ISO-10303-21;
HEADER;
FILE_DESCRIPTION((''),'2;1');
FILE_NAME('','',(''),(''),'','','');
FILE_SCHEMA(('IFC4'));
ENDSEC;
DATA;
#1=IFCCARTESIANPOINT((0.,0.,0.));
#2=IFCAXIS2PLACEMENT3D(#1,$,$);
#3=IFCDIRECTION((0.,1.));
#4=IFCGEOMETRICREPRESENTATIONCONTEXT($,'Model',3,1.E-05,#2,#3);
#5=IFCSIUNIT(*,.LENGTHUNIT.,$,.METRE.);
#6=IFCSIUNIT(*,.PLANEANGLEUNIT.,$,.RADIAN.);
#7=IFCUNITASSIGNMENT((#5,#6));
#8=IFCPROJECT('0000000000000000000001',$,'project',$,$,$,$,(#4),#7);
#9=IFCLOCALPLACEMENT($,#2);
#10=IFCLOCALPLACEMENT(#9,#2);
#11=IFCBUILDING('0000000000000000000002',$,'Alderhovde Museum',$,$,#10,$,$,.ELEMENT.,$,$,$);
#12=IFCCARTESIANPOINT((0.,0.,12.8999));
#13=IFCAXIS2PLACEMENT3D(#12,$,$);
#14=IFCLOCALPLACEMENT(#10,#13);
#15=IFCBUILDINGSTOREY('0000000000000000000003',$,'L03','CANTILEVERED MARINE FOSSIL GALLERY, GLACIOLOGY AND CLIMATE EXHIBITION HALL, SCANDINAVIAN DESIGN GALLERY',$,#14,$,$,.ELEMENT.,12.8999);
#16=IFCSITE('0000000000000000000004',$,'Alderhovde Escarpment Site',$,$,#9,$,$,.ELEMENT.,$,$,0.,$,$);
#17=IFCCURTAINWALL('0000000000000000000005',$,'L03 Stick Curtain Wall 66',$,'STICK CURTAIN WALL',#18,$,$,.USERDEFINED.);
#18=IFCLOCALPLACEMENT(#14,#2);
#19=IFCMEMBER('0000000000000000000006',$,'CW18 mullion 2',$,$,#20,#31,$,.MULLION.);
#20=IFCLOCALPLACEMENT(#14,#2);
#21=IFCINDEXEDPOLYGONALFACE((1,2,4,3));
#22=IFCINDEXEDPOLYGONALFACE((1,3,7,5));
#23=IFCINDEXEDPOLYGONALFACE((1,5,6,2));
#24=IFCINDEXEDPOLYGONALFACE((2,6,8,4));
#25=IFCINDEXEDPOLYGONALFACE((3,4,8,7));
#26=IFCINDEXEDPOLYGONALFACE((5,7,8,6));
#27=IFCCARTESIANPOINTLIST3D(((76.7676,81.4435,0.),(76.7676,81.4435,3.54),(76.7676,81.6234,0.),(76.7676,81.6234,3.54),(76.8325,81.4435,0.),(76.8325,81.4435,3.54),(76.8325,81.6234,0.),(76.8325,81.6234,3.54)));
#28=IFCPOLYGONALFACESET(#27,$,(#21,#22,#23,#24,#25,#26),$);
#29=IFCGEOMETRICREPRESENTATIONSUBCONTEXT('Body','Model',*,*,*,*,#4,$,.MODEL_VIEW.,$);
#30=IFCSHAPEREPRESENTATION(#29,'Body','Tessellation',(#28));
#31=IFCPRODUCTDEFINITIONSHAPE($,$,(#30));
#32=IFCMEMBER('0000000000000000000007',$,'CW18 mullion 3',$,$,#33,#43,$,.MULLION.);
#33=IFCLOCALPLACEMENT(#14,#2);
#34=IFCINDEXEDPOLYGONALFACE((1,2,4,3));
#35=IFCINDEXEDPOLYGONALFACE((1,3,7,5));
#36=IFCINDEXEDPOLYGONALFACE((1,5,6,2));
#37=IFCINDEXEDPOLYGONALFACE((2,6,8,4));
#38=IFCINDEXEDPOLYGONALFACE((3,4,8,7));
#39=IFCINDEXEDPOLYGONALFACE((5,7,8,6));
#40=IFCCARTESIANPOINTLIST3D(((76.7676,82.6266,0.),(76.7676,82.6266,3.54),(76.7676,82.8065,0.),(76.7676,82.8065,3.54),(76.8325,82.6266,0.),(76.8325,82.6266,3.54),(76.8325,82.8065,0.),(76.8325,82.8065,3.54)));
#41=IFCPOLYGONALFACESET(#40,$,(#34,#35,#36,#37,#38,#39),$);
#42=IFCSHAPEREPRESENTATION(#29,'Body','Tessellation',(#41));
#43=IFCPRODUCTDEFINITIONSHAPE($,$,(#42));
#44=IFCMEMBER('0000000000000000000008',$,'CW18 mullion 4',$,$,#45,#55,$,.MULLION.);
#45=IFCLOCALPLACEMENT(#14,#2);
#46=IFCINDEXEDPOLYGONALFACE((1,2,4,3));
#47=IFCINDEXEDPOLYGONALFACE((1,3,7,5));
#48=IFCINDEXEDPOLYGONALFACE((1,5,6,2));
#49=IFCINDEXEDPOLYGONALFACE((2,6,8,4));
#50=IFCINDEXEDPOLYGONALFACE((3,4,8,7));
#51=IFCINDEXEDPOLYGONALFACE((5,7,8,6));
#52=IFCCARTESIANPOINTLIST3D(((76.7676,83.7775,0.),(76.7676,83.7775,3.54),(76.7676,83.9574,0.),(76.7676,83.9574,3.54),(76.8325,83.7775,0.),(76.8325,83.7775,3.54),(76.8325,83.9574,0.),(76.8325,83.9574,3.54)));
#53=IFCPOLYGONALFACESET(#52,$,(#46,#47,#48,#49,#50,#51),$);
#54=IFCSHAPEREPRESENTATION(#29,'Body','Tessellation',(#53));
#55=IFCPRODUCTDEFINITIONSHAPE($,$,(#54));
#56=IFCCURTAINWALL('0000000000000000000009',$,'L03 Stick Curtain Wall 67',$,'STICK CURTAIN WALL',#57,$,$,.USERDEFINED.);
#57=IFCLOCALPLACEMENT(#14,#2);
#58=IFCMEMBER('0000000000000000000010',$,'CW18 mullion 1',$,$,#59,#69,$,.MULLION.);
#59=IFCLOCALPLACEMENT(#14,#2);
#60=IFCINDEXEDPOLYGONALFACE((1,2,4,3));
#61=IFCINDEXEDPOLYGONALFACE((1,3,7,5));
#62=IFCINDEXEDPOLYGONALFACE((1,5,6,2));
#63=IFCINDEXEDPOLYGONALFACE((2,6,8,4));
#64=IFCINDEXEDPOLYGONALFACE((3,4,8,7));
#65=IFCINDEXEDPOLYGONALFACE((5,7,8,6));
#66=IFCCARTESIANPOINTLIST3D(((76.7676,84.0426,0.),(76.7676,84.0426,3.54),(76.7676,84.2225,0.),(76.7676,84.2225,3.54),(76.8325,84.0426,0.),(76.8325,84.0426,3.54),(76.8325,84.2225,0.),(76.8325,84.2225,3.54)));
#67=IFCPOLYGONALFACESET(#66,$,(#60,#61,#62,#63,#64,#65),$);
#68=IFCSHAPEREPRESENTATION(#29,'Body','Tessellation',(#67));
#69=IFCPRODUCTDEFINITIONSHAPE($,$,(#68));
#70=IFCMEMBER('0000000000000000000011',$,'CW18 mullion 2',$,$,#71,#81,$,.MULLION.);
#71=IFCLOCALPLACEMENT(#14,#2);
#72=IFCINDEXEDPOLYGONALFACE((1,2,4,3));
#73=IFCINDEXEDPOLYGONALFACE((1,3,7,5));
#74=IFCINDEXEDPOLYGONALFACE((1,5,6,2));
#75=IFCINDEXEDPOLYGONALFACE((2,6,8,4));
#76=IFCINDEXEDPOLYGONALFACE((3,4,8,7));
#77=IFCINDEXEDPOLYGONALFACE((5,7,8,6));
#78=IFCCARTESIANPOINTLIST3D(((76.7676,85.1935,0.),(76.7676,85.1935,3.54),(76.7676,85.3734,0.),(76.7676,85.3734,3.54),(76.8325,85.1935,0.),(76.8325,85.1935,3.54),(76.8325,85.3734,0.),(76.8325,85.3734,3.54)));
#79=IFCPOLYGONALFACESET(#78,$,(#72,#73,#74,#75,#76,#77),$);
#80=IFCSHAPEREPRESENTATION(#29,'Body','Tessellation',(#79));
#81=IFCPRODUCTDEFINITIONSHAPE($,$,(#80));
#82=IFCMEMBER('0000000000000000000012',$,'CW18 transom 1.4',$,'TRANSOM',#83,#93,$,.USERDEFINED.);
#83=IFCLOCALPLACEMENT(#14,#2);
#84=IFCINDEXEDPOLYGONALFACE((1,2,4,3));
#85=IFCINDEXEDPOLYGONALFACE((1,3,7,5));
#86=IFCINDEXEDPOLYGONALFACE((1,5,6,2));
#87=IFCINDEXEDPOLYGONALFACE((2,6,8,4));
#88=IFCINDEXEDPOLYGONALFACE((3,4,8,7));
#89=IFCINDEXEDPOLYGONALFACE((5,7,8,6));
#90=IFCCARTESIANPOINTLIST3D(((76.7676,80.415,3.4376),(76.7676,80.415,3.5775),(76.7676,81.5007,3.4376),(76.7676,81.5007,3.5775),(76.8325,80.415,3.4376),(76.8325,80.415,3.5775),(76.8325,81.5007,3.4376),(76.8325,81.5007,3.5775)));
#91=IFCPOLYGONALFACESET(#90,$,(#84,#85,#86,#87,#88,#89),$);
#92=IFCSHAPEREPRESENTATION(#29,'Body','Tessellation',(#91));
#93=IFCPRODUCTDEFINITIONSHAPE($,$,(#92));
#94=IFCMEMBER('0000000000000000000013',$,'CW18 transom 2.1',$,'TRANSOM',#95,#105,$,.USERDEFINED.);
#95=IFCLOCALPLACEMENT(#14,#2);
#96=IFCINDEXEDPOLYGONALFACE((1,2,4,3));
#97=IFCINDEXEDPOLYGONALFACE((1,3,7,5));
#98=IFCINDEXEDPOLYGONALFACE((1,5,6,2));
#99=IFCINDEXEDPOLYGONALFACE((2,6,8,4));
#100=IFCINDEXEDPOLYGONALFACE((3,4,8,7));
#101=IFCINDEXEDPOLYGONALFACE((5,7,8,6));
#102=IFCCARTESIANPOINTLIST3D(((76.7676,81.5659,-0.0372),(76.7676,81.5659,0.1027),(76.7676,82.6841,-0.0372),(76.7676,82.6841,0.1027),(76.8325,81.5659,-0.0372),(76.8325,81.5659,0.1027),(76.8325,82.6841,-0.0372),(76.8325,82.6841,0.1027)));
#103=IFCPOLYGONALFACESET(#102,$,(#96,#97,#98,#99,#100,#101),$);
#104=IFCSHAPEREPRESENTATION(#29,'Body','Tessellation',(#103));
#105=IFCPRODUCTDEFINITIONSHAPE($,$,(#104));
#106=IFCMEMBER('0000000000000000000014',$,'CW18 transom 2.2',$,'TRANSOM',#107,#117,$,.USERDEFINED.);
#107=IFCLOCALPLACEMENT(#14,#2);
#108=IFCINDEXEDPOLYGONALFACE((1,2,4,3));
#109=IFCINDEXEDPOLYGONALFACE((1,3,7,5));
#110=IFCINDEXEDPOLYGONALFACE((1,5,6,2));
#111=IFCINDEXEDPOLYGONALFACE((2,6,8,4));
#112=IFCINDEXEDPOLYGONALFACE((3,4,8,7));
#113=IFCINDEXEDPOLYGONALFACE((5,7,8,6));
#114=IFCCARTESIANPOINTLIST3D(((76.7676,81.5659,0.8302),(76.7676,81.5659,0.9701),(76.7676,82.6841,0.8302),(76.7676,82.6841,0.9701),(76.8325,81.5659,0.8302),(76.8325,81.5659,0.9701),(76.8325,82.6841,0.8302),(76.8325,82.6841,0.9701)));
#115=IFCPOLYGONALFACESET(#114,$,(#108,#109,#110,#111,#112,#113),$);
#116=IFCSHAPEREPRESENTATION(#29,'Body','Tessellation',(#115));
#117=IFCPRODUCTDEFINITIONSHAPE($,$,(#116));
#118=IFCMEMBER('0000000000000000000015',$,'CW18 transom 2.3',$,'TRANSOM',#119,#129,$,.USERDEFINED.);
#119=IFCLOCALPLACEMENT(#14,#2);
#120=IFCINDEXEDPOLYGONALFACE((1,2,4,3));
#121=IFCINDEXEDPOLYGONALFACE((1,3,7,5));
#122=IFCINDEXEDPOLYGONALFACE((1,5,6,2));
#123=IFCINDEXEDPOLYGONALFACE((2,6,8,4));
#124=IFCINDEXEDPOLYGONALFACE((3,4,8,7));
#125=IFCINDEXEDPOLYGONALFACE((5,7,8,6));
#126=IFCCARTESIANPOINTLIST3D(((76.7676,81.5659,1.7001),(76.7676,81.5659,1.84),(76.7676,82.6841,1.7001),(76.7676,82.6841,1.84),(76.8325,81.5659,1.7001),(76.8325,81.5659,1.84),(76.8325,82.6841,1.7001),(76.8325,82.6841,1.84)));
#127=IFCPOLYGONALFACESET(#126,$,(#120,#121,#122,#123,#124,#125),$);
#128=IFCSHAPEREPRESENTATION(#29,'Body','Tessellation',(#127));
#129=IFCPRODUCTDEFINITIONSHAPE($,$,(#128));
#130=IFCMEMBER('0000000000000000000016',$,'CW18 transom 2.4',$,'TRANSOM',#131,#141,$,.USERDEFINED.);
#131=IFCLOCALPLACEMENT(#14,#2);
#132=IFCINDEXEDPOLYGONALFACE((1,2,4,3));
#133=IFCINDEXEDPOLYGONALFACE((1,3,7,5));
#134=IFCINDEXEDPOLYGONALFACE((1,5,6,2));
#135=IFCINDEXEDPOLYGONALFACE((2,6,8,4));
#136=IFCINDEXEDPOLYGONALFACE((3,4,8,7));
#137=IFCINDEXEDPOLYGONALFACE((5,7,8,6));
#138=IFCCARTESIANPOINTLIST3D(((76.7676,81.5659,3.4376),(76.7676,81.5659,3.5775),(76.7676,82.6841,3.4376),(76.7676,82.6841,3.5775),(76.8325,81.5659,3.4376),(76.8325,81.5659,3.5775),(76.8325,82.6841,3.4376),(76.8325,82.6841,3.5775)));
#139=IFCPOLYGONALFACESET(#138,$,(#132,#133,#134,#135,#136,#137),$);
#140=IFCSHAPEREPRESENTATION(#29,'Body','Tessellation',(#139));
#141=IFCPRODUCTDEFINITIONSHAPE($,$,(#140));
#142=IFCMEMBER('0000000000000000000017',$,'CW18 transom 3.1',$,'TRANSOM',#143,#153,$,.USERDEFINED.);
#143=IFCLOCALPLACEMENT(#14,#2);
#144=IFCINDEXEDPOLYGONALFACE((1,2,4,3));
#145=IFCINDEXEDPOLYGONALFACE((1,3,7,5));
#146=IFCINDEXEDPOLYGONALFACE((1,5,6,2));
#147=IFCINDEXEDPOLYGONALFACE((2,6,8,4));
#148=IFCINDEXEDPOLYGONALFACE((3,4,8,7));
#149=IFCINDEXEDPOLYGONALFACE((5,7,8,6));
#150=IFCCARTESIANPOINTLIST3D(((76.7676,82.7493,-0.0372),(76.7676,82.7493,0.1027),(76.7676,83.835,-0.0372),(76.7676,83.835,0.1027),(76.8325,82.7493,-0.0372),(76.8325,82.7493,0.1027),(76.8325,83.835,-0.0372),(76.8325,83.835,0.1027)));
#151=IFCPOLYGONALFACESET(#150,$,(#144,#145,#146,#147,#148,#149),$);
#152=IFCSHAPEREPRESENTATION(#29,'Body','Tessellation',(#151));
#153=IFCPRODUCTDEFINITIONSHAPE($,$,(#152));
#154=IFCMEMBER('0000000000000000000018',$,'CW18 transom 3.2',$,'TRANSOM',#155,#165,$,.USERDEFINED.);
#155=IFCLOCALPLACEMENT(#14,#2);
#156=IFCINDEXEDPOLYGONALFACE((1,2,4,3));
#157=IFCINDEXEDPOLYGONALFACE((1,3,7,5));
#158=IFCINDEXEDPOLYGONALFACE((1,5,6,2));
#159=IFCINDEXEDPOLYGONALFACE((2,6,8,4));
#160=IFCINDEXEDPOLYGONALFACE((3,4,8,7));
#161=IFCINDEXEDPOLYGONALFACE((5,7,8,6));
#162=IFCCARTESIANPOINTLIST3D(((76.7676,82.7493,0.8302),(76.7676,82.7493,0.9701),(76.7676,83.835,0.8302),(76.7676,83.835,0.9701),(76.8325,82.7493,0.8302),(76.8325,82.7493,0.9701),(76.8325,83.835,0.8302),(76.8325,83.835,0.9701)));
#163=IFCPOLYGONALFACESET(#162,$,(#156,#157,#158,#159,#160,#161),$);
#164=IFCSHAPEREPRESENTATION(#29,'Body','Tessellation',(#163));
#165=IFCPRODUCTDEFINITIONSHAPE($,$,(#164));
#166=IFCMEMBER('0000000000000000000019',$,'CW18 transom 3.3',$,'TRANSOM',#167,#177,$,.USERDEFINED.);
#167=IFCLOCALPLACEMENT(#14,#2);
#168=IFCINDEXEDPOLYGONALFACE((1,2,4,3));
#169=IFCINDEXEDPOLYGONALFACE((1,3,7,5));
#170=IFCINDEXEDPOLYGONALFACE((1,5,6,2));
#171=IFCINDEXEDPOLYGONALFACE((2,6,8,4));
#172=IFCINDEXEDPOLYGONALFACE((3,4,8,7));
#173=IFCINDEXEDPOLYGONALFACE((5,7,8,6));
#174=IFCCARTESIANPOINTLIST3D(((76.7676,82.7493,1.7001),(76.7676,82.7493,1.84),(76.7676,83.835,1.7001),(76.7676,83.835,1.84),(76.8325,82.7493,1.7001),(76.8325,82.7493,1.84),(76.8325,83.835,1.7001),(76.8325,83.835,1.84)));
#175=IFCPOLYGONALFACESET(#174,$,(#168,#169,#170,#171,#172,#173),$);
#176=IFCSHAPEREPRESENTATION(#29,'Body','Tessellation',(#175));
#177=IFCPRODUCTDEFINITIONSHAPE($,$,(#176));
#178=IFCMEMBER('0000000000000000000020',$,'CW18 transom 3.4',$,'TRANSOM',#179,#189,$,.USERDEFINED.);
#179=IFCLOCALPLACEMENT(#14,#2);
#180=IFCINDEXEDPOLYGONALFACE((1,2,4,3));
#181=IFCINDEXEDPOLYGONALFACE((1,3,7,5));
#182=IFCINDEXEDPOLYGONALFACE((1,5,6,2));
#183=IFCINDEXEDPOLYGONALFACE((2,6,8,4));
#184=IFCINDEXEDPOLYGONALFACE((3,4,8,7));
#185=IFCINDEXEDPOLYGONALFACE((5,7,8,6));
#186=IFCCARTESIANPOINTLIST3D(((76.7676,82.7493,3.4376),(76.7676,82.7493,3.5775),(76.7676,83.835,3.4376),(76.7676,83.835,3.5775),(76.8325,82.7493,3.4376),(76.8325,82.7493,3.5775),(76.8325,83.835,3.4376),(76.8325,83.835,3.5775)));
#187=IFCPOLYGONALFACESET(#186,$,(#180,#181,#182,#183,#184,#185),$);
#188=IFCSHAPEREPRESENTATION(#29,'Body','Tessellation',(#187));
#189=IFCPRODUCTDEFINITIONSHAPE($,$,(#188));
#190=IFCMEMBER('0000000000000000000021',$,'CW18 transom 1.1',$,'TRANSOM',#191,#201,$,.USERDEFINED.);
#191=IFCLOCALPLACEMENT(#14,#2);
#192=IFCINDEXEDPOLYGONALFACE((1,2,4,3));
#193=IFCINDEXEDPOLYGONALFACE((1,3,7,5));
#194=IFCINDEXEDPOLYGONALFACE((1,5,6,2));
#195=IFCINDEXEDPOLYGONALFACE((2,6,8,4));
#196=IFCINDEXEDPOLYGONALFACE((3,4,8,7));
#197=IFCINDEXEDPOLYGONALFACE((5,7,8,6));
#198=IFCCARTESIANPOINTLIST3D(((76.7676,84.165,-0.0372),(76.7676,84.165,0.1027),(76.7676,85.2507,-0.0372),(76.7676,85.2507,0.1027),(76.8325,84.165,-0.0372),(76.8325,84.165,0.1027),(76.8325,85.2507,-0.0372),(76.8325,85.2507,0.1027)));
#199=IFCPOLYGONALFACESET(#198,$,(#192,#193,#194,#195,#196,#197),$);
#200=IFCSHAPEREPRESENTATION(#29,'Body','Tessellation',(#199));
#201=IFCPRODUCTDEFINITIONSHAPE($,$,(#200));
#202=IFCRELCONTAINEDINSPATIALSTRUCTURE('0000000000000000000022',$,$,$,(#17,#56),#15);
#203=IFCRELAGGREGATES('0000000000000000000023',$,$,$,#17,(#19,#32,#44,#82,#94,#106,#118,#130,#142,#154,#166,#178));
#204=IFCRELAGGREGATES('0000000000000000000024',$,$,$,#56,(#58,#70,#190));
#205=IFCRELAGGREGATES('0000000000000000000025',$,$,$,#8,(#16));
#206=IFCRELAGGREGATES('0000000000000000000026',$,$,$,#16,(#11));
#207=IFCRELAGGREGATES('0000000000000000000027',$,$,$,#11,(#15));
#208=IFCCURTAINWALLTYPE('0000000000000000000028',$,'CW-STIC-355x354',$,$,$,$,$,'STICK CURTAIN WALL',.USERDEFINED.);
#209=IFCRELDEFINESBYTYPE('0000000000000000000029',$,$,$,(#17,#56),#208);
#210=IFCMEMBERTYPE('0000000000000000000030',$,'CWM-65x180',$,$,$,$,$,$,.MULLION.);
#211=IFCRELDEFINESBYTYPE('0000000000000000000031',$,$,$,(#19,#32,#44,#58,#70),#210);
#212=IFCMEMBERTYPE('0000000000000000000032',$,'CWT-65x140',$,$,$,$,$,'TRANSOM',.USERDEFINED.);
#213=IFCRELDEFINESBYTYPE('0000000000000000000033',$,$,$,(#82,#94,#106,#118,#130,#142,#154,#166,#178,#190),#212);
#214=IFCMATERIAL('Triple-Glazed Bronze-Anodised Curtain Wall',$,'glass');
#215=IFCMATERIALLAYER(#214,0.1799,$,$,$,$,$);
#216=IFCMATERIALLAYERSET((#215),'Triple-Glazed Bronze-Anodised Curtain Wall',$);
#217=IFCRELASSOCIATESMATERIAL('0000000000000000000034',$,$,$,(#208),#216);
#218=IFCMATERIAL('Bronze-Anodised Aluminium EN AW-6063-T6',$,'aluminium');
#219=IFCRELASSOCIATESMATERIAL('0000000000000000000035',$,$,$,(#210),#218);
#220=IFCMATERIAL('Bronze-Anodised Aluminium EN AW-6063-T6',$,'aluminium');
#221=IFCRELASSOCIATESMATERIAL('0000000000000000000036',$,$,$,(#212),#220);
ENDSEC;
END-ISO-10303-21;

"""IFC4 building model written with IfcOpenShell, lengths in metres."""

from ifc_helpers import new_model, si_unit, direction, frame, origin, origin_2d, place, context, subcontext, project, spatial, rectangle, extrude, material, layer, layer_set, material_profile, profile_set, type_object, element, aggregate, save


model = new_model("IFC4")

# Units and contexts
model_context = context("Model", 3, precision=1e-05, world=origin(), true_north=direction((0.0, 1.0)))
body_context = subcontext(model_context, "Body", "Model", "MODEL_VIEW")
ifc_project = project(units=[si_unit("LENGTHUNIT", "METRE"), si_unit("PLANEANGLEUNIT", "RADIAN")], contexts=[model_context])

# Site, building, storey
site_placement = place(None, origin())
site = spatial("IfcSite", under=ifc_project, at=site_placement, Name="Alderhovde Escarpment Site", CompositionType="ELEMENT", RefElevation=0.0)
building_placement = place(site_placement, origin())
building = spatial("IfcBuilding", under=site, at=building_placement, Name="Alderhovde Museum", CompositionType="ELEMENT")
storey_placement = place(building_placement, frame((0.0, 0.0, 12.8999)))
storey = spatial("IfcBuildingStorey", under=building, at=storey_placement, Name="L03", Description="CANTILEVERED MARINE FOSSIL GALLERY, GLACIOLOGY AND CLIMATE EXHIBITION HALL, SCANDINAVIAN DESIGN GALLERY", CompositionType="ELEMENT", Elevation=12.8999)

# Curtain walls, members
ifc_material_1 = material(Name="Triple-Glazed Bronze-Anodised Curtain Wall", Category="glass")
ifc_layer_1 = layer(ifc_material_1, 0.1799)
ifc_layer_set_1 = layer_set([ifc_layer_1], Name="Triple-Glazed Bronze-Anodised Curtain Wall")
curtain_wall_type = type_object("IfcCurtainWallType", Name="CW-STIC-355x354", ElementType="STICK CURTAIN WALL", PredefinedType="USERDEFINED", material=ifc_layer_set_1)
curtain_wall_1_placement = place(storey_placement, origin())
curtain_wall_1 = element("IfcCurtainWall", 1, at=curtain_wall_1_placement, inside=storey, type_object=curtain_wall_type, Name="L03 Stick Curtain Wall 66", ObjectType="STICK CURTAIN WALL", PredefinedType="USERDEFINED")
ifc_material_2 = material(Name="Bronze-Anodised Aluminium EN AW-6063-T6", Category="aluminium")
ifc_material_profile_1 = material_profile(ifc_material_2, rectangle(XDim=0.0649, YDim=0.1799, at=origin_2d()), Name="MULLION 65x180")
ifc_profile_set_1 = profile_set([ifc_material_profile_1], Name="Bronze-Anodised Aluminium EN AW-6063-T6")
member_type_1 = type_object("IfcMemberType", Name="CWM-65x180", PredefinedType="MULLION", material=ifc_profile_set_1)
member_1_placement = place(storey_placement, frame((76.8, 81.5334, 0.0), z_axis=(0.0, 0.0, 1.0), x_axis=(-1.0, 0.0, 0.0)))
member_1 = element("IfcMember", 2, at=member_1_placement, type_object=member_type_1, Name="CW18 mullion 2", PredefinedType="MULLION", context=body_context, shape_type="SweptSolid", body=[
    extrude(rectangle(XDim=0.0649, YDim=0.1799, at=origin_2d()), origin(), (0.0, 0.0, 1.0), 3.54),
])
member_2_placement = place(storey_placement, frame((76.8, 82.7166, 0.0), z_axis=(0.0, 0.0, 1.0), x_axis=(-1.0, 0.0, 0.0)))
member_2 = element("IfcMember", 3, at=member_2_placement, type_object=member_type_1, Name="CW18 mullion 3", PredefinedType="MULLION", context=body_context, shape_type="SweptSolid", body=[
    extrude(rectangle(XDim=0.0649, YDim=0.1799, at=origin_2d()), origin(), (0.0, 0.0, 1.0), 3.54),
])
member_3_placement = place(storey_placement, frame((76.8, 83.8674, 0.0), z_axis=(0.0, 0.0, 1.0), x_axis=(-1.0, 0.0, 0.0)))
member_3 = element("IfcMember", 4, at=member_3_placement, type_object=member_type_1, Name="CW18 mullion 4", PredefinedType="MULLION", context=body_context, shape_type="SweptSolid", body=[
    extrude(rectangle(XDim=0.0649, YDim=0.1799, at=origin_2d()), origin(), (0.0, 0.0, 1.0), 3.54),
])
curtain_wall_2_placement = place(storey_placement, origin())
curtain_wall_2 = element("IfcCurtainWall", 5, at=curtain_wall_2_placement, inside=storey, type_object=curtain_wall_type, Name="L03 Stick Curtain Wall 67", ObjectType="STICK CURTAIN WALL", PredefinedType="USERDEFINED")
member_4_placement = place(storey_placement, frame((76.8, 84.1326, 0.0), z_axis=(0.0, 0.0, 1.0), x_axis=(-1.0, 0.0, 0.0)))
member_4 = element("IfcMember", 6, at=member_4_placement, type_object=member_type_1, Name="CW18 mullion 1", PredefinedType="MULLION", context=body_context, shape_type="SweptSolid", body=[
    extrude(rectangle(XDim=0.0649, YDim=0.1799, at=origin_2d()), origin(), (0.0, 0.0, 1.0), 3.54),
])
member_5_placement = place(storey_placement, frame((76.8, 85.2834, 0.0), z_axis=(0.0, 0.0, 1.0), x_axis=(-1.0, 0.0, 0.0)))
member_5 = element("IfcMember", 7, at=member_5_placement, type_object=member_type_1, Name="CW18 mullion 2", PredefinedType="MULLION", context=body_context, shape_type="SweptSolid", body=[
    extrude(rectangle(XDim=0.0649, YDim=0.1799, at=origin_2d()), origin(), (0.0, 0.0, 1.0), 3.54),
])

# Members
ifc_material_3 = material(Name="Bronze-Anodised Aluminium EN AW-6063-T6", Category="aluminium")
ifc_material_profile_2 = material_profile(ifc_material_3, rectangle(XDim=0.0649, YDim=0.1399, at=origin_2d()), Name="TRANSOM 65x140")
ifc_profile_set_2 = profile_set([ifc_material_profile_2], Name="Bronze-Anodised Aluminium EN AW-6063-T6")
member_type_2 = type_object("IfcMemberType", Name="CWT-65x140", ElementType="TRANSOM", PredefinedType="USERDEFINED", material=ifc_profile_set_2)
member_6_placement = place(storey_placement, frame((76.8, 80.415, 3.5076), z_axis=(0.0, 1.0, 0.0), x_axis=(-1.0, 0.0, 0.0)))
member_6 = element("IfcMember", 8, at=member_6_placement, type_object=member_type_2, Name="CW18 transom 1.4", ObjectType="TRANSOM", PredefinedType="USERDEFINED", context=body_context, shape_type="SweptSolid", body=[
    extrude(rectangle(XDim=0.0649, YDim=0.1399, at=origin_2d()), origin(), (0.0, 0.0, 1.0), 1.0857),
])
member_7_placement = place(storey_placement, frame((76.8, 81.5659, 0.0327), z_axis=(0.0, 1.0, 0.0), x_axis=(-1.0, 0.0, 0.0)))
member_7 = element("IfcMember", 9, at=member_7_placement, type_object=member_type_2, Name="CW18 transom 2.1", ObjectType="TRANSOM", PredefinedType="USERDEFINED", context=body_context, shape_type="SweptSolid", body=[
    extrude(rectangle(XDim=0.0649, YDim=0.1399, at=origin_2d()), origin(), (0.0, 0.0, 1.0), 1.1182),
])
member_8_placement = place(storey_placement, frame((76.8, 81.5659, 0.9001), z_axis=(0.0, 1.0, 0.0), x_axis=(-1.0, 0.0, 0.0)))
member_8 = element("IfcMember", 10, at=member_8_placement, type_object=member_type_2, Name="CW18 transom 2.2", ObjectType="TRANSOM", PredefinedType="USERDEFINED", context=body_context, shape_type="SweptSolid", body=[
    extrude(rectangle(XDim=0.0649, YDim=0.1399, at=origin_2d()), origin(), (0.0, 0.0, 1.0), 1.1182),
])
member_9_placement = place(storey_placement, frame((76.8, 81.5659, 1.77), z_axis=(0.0, 1.0, 0.0), x_axis=(-1.0, 0.0, 0.0)))
member_9 = element("IfcMember", 11, at=member_9_placement, type_object=member_type_2, Name="CW18 transom 2.3", ObjectType="TRANSOM", PredefinedType="USERDEFINED", context=body_context, shape_type="SweptSolid", body=[
    extrude(rectangle(XDim=0.0649, YDim=0.1399, at=origin_2d()), origin(), (0.0, 0.0, 1.0), 1.1182),
])
member_10_placement = place(storey_placement, frame((76.8, 81.5659, 3.5076), z_axis=(0.0, 1.0, 0.0), x_axis=(-1.0, 0.0, 0.0)))
member_10 = element("IfcMember", 12, at=member_10_placement, type_object=member_type_2, Name="CW18 transom 2.4", ObjectType="TRANSOM", PredefinedType="USERDEFINED", context=body_context, shape_type="SweptSolid", body=[
    extrude(rectangle(XDim=0.0649, YDim=0.1399, at=origin_2d()), origin(), (0.0, 0.0, 1.0), 1.1182),
])
member_11_placement = place(storey_placement, frame((76.8, 82.7493, 0.0327), z_axis=(0.0, 1.0, 0.0), x_axis=(-1.0, 0.0, 0.0)))
member_11 = element("IfcMember", 13, at=member_11_placement, type_object=member_type_2, Name="CW18 transom 3.1", ObjectType="TRANSOM", PredefinedType="USERDEFINED", context=body_context, shape_type="SweptSolid", body=[
    extrude(rectangle(XDim=0.0649, YDim=0.1399, at=origin_2d()), origin(), (0.0, 0.0, 1.0), 1.0857),
])
member_12_placement = place(storey_placement, frame((76.8, 82.7493, 0.9001), z_axis=(0.0, 1.0, 0.0), x_axis=(-1.0, 0.0, 0.0)))
member_12 = element("IfcMember", 14, at=member_12_placement, type_object=member_type_2, Name="CW18 transom 3.2", ObjectType="TRANSOM", PredefinedType="USERDEFINED", context=body_context, shape_type="SweptSolid", body=[
    extrude(rectangle(XDim=0.0649, YDim=0.1399, at=origin_2d()), origin(), (0.0, 0.0, 1.0), 1.0857),
])
member_13_placement = place(storey_placement, frame((76.8, 82.7493, 1.77), z_axis=(0.0, 1.0, 0.0), x_axis=(-1.0, 0.0, 0.0)))
member_13 = element("IfcMember", 15, at=member_13_placement, type_object=member_type_2, Name="CW18 transom 3.3", ObjectType="TRANSOM", PredefinedType="USERDEFINED", context=body_context, shape_type="SweptSolid", body=[
    extrude(rectangle(XDim=0.0649, YDim=0.1399, at=origin_2d()), origin(), (0.0, 0.0, 1.0), 1.0857),
])
member_14_placement = place(storey_placement, frame((76.8, 82.7493, 3.5076), z_axis=(0.0, 1.0, 0.0), x_axis=(-1.0, 0.0, 0.0)))
member_14 = element("IfcMember", 16, at=member_14_placement, type_object=member_type_2, Name="CW18 transom 3.4", ObjectType="TRANSOM", PredefinedType="USERDEFINED", context=body_context, shape_type="SweptSolid", body=[
    extrude(rectangle(XDim=0.0649, YDim=0.1399, at=origin_2d()), origin(), (0.0, 0.0, 1.0), 1.0857),
])
member_15_placement = place(storey_placement, frame((76.8, 84.165, 0.0327), z_axis=(0.0, 1.0, 0.0), x_axis=(-1.0, 0.0, 0.0)))
member_15 = element("IfcMember", 17, at=member_15_placement, type_object=member_type_2, Name="CW18 transom 1.1", ObjectType="TRANSOM", PredefinedType="USERDEFINED", context=body_context, shape_type="SweptSolid", body=[
    extrude(rectangle(XDim=0.0649, YDim=0.1399, at=origin_2d()), origin(), (0.0, 0.0, 1.0), 1.0857),
])

aggregate(curtain_wall_1, [member_1, member_2, member_3, member_6, member_7, member_8, member_9, member_10, member_11, member_12, member_13, member_14])
aggregate(curtain_wall_2, [member_4, member_5, member_15])

save(model, "model.ifc")
